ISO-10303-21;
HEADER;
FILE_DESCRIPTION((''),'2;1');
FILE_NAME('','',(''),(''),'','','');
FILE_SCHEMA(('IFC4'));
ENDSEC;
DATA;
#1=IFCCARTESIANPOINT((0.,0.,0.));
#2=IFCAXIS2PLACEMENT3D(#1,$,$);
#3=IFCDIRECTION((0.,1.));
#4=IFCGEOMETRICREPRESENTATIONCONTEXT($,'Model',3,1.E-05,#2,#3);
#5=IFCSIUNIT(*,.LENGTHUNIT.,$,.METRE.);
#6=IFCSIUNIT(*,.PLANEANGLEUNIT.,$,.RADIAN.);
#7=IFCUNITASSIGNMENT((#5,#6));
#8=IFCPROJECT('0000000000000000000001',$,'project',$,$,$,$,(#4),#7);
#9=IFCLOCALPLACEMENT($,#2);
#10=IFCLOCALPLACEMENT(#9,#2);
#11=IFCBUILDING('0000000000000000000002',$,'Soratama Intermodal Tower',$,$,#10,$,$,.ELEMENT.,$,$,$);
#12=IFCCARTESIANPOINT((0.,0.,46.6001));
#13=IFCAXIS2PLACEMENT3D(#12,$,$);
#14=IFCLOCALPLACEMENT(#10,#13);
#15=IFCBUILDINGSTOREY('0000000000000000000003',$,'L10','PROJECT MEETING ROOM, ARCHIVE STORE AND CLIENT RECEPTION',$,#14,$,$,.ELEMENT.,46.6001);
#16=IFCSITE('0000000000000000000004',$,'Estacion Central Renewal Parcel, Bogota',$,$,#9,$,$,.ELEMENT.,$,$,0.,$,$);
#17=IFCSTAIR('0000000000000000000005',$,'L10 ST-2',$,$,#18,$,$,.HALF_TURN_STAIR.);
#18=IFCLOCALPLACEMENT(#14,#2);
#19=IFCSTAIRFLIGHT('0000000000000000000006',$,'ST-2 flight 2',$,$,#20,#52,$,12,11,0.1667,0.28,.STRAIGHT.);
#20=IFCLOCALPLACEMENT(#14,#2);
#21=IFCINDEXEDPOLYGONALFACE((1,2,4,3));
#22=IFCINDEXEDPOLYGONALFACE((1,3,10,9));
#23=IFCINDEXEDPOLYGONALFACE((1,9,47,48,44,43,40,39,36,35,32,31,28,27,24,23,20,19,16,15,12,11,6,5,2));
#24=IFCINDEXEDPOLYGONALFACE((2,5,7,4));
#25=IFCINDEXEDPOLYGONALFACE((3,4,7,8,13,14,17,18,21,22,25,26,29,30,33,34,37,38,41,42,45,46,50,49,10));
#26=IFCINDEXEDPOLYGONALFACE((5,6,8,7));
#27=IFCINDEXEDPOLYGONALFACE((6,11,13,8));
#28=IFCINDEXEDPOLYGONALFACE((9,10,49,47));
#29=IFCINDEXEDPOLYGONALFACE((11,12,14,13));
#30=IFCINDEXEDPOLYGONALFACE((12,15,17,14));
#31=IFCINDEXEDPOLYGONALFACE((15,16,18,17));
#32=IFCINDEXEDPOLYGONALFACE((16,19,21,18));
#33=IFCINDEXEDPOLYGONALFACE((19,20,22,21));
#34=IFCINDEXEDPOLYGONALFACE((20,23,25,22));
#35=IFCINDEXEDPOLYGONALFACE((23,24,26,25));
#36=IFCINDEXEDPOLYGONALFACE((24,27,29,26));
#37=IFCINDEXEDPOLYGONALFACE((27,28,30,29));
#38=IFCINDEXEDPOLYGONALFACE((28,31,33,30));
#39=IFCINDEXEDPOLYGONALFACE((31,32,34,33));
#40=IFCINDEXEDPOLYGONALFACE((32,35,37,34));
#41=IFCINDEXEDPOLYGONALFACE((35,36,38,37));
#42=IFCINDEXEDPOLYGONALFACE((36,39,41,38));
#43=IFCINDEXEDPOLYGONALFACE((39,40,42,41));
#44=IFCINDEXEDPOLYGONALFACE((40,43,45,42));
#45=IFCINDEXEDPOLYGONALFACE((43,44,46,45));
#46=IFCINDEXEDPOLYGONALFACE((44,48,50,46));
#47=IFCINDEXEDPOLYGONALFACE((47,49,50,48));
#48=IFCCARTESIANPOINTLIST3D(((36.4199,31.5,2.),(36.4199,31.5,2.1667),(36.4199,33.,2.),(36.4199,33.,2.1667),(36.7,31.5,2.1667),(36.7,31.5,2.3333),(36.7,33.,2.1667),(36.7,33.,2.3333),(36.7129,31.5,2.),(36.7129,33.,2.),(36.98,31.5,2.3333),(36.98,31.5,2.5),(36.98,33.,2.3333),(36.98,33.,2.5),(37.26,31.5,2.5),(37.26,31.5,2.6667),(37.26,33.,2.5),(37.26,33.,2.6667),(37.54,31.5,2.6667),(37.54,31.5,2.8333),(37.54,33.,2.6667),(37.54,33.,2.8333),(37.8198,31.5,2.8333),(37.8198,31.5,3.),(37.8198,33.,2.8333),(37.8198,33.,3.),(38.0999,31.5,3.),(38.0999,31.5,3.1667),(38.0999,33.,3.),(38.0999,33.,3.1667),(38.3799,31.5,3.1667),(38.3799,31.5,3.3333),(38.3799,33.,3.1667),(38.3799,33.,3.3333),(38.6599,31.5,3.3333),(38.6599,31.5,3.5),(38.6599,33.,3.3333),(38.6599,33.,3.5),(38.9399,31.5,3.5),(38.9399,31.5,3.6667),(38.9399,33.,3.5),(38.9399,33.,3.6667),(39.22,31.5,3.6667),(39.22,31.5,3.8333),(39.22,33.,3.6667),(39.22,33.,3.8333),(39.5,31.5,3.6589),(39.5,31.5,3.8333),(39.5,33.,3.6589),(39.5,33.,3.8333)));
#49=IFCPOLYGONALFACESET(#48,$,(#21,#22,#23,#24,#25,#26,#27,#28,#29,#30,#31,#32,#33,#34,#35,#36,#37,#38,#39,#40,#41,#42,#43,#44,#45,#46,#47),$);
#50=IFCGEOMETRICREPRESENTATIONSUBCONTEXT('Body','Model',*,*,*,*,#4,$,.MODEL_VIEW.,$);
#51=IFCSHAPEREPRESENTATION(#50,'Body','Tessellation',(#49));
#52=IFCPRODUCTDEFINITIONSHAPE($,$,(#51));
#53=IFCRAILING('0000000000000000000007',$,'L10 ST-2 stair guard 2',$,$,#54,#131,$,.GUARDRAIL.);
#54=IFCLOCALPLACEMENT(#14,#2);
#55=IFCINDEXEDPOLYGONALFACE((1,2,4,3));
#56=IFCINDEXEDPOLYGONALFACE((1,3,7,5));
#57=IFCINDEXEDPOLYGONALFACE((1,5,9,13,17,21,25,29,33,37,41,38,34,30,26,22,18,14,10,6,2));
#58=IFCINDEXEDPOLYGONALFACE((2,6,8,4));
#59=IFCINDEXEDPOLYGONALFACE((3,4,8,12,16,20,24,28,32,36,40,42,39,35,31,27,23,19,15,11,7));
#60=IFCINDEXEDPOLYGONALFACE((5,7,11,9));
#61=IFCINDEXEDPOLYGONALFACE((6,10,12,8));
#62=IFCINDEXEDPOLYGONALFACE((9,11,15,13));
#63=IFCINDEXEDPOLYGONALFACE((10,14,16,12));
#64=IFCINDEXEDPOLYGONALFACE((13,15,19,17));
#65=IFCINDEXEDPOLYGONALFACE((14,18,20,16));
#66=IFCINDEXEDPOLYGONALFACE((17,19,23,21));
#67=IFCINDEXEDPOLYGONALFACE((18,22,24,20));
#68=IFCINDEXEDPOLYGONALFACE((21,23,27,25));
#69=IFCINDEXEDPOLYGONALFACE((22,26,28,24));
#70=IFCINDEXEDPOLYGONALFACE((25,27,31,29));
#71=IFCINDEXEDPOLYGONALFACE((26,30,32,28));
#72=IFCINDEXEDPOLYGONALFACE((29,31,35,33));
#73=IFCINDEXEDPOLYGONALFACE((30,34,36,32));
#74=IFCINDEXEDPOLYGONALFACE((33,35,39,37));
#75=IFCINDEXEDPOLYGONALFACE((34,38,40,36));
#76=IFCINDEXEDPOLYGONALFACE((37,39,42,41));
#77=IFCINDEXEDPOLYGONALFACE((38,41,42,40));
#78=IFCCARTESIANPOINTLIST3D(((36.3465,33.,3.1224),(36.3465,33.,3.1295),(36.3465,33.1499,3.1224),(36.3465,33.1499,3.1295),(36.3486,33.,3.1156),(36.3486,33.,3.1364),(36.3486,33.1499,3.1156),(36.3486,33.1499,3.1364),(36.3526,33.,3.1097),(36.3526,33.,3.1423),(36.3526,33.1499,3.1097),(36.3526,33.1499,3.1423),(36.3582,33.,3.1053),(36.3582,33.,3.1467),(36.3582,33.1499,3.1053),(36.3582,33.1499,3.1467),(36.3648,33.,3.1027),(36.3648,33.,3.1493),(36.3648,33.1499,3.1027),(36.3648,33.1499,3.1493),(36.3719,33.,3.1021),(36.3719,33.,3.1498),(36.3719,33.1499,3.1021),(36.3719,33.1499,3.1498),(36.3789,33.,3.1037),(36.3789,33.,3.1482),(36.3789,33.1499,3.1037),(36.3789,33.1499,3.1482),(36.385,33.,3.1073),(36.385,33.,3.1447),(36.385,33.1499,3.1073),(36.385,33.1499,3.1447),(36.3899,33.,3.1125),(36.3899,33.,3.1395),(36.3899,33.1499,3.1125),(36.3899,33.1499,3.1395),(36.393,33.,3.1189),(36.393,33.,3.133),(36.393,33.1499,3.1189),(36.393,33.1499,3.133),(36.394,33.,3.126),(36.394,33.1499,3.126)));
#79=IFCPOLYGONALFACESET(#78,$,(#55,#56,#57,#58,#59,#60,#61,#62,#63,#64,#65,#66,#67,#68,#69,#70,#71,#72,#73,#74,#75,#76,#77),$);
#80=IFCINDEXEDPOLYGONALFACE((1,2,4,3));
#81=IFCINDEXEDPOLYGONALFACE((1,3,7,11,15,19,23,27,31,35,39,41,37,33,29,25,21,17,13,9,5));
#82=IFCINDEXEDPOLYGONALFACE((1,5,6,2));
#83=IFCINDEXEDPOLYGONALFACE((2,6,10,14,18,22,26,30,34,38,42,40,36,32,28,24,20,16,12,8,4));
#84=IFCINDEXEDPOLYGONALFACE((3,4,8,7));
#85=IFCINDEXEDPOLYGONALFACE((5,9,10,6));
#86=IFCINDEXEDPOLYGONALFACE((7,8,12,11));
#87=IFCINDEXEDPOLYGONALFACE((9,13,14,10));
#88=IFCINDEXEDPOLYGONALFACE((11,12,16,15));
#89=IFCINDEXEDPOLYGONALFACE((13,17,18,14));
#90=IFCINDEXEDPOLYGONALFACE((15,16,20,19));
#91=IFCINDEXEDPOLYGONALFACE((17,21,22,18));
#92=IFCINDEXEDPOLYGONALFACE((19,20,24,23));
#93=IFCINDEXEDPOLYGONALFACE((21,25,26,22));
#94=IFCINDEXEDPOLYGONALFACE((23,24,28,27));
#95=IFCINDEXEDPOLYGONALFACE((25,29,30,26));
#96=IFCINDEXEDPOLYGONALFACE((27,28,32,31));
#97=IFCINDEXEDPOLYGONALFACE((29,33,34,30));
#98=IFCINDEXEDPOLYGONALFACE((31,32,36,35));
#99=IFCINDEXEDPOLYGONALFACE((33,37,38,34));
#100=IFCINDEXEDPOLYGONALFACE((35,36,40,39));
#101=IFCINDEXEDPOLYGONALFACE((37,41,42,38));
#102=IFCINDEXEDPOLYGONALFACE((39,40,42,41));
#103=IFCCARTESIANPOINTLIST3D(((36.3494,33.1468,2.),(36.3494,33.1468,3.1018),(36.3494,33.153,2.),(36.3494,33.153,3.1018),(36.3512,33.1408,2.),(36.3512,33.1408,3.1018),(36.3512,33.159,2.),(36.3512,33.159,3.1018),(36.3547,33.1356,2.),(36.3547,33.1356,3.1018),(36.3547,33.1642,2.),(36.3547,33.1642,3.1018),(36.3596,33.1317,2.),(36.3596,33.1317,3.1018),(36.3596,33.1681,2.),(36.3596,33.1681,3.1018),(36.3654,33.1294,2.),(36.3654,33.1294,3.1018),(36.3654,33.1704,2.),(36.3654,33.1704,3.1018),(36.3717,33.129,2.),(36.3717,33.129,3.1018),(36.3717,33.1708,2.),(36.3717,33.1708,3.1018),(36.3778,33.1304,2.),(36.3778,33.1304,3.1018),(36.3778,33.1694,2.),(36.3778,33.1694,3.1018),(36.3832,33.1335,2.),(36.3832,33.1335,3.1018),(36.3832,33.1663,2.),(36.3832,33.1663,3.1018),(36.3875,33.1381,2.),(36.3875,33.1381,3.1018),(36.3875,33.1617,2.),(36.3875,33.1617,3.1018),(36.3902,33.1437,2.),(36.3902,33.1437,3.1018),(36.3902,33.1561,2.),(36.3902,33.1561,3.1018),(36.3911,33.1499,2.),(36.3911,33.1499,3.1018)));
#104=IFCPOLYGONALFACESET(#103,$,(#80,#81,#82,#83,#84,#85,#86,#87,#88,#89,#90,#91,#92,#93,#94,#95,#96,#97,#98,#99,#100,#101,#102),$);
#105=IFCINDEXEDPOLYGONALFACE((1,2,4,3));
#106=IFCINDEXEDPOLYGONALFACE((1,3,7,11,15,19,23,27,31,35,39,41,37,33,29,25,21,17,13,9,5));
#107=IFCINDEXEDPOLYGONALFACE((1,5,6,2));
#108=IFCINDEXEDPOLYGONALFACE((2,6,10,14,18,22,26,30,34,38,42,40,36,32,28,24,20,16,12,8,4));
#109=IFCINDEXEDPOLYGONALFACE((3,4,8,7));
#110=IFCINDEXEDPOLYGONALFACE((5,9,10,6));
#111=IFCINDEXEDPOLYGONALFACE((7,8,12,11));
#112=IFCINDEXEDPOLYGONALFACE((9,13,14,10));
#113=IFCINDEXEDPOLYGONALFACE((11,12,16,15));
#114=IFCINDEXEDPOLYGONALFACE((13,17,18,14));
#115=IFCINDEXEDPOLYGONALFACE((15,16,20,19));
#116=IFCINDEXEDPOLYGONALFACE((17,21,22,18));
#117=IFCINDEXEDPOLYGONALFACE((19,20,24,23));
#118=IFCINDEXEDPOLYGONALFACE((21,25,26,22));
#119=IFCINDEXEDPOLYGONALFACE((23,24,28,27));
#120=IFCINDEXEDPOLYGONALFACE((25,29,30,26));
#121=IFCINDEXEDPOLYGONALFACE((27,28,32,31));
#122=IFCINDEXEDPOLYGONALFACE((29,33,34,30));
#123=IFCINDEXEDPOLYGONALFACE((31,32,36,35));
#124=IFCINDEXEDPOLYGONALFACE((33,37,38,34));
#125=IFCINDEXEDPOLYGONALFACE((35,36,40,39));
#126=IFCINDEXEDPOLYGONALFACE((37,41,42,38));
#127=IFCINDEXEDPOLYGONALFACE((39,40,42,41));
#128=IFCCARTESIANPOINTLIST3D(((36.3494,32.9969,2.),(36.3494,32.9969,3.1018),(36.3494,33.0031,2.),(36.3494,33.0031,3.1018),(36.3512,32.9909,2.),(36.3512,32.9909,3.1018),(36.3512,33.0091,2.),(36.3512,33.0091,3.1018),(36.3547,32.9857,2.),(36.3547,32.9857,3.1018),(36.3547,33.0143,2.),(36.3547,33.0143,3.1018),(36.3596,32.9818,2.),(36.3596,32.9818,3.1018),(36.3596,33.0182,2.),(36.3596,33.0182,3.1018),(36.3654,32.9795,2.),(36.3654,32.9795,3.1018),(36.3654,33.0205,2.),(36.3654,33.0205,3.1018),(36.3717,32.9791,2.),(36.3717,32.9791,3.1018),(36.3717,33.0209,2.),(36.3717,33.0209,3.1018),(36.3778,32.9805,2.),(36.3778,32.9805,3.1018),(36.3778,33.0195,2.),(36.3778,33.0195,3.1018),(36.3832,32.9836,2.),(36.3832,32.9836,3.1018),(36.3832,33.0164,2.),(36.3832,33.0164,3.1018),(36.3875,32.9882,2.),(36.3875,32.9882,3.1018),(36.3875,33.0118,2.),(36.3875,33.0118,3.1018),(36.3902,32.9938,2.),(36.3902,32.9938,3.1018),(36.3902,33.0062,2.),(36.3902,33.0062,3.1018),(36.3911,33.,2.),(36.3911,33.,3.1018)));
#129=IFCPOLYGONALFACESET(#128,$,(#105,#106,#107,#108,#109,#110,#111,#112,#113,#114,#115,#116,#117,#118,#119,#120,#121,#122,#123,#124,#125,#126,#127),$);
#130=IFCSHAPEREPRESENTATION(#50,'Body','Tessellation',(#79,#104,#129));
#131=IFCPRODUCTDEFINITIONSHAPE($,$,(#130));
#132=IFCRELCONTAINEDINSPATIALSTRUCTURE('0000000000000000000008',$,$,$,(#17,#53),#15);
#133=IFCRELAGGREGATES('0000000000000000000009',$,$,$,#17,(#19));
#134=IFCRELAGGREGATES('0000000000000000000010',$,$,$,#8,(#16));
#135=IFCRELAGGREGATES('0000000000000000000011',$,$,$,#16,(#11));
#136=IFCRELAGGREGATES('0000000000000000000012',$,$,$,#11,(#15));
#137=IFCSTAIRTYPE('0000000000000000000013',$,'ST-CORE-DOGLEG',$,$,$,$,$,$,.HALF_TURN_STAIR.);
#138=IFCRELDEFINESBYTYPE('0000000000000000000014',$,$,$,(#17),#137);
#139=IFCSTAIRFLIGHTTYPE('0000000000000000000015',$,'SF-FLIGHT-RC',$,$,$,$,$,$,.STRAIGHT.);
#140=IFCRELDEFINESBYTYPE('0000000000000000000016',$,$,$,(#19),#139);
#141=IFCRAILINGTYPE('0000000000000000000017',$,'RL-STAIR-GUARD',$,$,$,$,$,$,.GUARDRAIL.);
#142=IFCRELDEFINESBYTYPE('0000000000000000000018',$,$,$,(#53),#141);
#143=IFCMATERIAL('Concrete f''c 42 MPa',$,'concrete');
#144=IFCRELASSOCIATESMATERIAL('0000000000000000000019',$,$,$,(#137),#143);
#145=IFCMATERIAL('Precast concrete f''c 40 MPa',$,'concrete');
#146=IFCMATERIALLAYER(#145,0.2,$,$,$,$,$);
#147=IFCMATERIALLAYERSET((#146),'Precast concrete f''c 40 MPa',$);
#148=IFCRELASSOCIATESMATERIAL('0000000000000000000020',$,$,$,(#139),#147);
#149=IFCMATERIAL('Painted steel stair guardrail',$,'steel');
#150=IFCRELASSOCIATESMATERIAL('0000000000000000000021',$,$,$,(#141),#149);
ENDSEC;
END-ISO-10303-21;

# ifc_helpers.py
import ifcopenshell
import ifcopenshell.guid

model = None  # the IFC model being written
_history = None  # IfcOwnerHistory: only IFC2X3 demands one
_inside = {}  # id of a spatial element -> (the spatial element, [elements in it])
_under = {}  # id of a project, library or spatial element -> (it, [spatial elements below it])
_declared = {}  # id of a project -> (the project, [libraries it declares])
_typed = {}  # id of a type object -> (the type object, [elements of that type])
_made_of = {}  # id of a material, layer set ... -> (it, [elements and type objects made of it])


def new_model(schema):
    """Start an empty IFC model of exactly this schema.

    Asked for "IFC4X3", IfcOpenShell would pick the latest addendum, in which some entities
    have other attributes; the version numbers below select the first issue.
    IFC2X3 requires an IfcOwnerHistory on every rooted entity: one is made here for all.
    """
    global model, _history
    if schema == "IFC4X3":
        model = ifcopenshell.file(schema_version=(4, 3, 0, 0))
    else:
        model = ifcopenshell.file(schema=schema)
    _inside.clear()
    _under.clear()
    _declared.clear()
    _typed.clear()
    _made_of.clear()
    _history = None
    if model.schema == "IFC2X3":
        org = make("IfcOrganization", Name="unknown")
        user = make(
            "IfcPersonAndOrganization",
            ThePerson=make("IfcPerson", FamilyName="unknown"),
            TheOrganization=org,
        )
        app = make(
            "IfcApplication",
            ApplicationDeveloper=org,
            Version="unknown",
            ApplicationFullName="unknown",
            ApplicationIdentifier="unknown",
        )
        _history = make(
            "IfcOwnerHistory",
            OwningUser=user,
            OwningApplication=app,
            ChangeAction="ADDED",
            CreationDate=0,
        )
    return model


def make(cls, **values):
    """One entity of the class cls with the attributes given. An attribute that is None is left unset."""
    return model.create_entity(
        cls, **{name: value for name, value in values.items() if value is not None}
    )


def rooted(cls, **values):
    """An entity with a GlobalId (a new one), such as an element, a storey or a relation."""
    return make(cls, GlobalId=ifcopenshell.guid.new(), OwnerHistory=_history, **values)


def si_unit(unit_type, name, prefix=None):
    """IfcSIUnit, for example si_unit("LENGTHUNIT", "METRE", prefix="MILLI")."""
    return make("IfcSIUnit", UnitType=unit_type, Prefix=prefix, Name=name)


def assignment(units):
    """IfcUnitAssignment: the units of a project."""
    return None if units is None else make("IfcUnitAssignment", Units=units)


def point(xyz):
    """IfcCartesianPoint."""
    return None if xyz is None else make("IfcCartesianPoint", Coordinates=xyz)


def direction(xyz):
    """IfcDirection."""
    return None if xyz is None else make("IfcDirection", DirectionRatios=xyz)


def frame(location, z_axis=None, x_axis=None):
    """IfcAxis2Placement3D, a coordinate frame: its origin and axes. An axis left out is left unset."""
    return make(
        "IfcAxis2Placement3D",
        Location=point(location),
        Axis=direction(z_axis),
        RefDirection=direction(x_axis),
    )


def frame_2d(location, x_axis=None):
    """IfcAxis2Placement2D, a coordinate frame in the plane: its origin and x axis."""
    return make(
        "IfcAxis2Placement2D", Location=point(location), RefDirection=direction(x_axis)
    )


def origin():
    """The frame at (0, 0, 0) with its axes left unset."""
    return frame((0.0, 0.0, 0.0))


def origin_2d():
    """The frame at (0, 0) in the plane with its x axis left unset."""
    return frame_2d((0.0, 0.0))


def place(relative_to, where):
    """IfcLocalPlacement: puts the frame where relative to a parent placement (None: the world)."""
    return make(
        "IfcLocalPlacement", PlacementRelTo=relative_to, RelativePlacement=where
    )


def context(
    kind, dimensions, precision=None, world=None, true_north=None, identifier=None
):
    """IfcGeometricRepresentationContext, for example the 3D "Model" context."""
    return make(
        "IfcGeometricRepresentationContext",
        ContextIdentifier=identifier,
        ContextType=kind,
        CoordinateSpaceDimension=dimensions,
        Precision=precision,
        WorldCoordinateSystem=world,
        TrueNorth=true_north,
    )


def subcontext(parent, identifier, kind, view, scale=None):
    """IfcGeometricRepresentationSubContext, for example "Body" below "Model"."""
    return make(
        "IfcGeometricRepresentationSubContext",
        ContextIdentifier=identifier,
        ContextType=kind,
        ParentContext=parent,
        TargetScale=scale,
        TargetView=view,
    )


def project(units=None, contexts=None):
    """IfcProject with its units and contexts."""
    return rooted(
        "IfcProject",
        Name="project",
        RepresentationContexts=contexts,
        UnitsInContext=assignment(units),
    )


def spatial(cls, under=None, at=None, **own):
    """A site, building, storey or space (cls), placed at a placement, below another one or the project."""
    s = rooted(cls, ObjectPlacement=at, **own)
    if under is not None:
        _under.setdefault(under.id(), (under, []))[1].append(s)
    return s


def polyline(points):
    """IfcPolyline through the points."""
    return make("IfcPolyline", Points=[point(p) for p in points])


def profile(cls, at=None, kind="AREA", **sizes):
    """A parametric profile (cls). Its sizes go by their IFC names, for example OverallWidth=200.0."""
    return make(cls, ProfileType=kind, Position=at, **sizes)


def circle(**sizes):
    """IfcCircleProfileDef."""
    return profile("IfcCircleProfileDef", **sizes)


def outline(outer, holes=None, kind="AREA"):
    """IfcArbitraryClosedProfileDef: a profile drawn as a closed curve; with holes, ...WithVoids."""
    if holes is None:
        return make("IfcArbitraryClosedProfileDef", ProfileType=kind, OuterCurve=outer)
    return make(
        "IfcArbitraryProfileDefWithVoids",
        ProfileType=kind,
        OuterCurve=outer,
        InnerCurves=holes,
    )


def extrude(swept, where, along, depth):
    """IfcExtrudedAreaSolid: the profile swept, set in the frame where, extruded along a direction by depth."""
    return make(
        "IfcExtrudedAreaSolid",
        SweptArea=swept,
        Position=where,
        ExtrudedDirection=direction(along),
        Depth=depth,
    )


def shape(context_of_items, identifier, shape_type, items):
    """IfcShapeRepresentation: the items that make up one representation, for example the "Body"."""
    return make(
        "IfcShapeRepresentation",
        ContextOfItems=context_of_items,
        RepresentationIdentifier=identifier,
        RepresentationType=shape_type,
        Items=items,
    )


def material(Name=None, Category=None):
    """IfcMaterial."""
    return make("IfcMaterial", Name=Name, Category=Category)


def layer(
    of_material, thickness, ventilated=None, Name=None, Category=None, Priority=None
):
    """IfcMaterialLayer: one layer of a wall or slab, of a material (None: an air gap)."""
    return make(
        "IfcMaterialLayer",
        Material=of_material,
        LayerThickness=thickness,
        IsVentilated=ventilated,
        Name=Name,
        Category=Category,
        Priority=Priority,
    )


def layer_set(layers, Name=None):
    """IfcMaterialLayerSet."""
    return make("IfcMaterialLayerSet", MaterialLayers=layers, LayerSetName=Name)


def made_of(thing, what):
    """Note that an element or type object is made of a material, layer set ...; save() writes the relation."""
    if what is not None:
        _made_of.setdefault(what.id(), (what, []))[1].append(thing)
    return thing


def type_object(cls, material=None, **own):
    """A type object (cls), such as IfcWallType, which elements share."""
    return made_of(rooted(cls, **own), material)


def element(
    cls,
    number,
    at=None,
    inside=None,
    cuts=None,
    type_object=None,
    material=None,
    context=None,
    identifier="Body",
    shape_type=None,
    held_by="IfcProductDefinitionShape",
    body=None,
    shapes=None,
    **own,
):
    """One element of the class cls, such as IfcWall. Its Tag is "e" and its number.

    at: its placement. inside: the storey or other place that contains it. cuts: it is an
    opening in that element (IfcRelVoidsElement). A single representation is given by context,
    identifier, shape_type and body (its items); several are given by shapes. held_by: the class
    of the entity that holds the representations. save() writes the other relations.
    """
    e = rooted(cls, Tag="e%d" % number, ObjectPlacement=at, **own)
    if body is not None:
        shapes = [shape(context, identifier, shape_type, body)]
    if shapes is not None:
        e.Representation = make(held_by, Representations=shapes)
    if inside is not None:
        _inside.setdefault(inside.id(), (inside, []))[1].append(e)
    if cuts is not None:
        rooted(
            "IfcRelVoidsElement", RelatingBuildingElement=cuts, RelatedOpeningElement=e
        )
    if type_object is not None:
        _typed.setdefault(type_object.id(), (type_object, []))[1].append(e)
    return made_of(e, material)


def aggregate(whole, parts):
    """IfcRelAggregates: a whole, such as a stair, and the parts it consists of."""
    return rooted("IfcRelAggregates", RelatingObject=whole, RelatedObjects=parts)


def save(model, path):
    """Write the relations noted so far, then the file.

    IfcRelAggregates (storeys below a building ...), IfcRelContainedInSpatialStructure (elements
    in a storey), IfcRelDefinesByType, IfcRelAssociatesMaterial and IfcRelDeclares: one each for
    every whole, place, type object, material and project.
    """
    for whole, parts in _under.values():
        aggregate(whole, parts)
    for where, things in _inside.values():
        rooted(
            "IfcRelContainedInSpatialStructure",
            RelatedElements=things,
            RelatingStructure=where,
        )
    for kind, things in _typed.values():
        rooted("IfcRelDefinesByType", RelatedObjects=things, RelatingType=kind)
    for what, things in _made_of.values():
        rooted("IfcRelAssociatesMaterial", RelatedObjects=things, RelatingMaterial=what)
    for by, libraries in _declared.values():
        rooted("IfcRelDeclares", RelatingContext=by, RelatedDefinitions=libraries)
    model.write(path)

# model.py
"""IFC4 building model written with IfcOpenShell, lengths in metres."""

from ifc_helpers import new_model, si_unit, direction, frame, origin, origin_2d, place, context, subcontext, project, spatial, polyline, circle, outline, extrude, material, layer, layer_set, type_object, element, aggregate, save


model = new_model("IFC4")

# Units and contexts
model_context = context("Model", 3, precision=1e-05, world=origin(), true_north=direction((0.0, 1.0)))
body_context = subcontext(model_context, "Body", "Model", "MODEL_VIEW")
ifc_project = project(units=[si_unit("LENGTHUNIT", "METRE"), si_unit("PLANEANGLEUNIT", "RADIAN")], contexts=[model_context])

# Site, building, storey
site_placement = place(None, origin())
site = spatial("IfcSite", under=ifc_project, at=site_placement, Name="Estacion Central Renewal Parcel, Bogota", CompositionType="ELEMENT", RefElevation=0.0)
building_placement = place(site_placement, origin())
building = spatial("IfcBuilding", under=site, at=building_placement, Name="Soratama Intermodal Tower", CompositionType="ELEMENT")
storey_placement = place(building_placement, frame((0.0, 0.0, 46.6001)))
storey = spatial("IfcBuildingStorey", under=building, at=storey_placement, Name="L10", Description="PROJECT MEETING ROOM, ARCHIVE STORE AND CLIENT RECEPTION", CompositionType="ELEMENT", Elevation=46.6001)

# Stair, stair flight
ifc_material_1 = material(Name="Concrete f'c 42 MPa", Category="concrete")
stair_type = type_object("IfcStairType", Name="ST-CORE-DOGLEG", PredefinedType="HALF_TURN_STAIR", material=ifc_material_1)
stair_placement = place(storey_placement, origin())
stair = element("IfcStair", 1, at=stair_placement, inside=storey, type_object=stair_type, Name="L10 ST-2", PredefinedType="HALF_TURN_STAIR")
ifc_material_2 = material(Name="Precast concrete f'c 40 MPa", Category="concrete")
ifc_layer_1 = layer(ifc_material_2, 0.2)
ifc_layer_set_1 = layer_set([ifc_layer_1], Name="Precast concrete f'c 40 MPa")
stair_flight_type = type_object("IfcStairFlightType", Name="SF-FLIGHT-RC", PredefinedType="STRAIGHT", material=ifc_layer_set_1)
stair_flight_placement = place(storey_placement, frame((36.4199, 32.25, 2.0), z_axis=(0.0, 0.0, 1.0), x_axis=(1.0, 0.0, 0.0)))
stair_flight = element("IfcStairFlight", 2, at=stair_flight_placement, type_object=stair_flight_type, Name="ST-2 flight 2", NumberOfRisers=12, NumberOfTreads=11, PredefinedType="STRAIGHT", RiserHeight=0.1667, TreadLength=0.28, context=body_context, shape_type="SweptSolid", body=[
    extrude(outline(polyline([(0.0, 0.0), (0.0, 0.1667), (0.28, 0.1667), (0.28, 0.3333), (0.5601, 0.3333), (0.5601, 0.5), (0.8401, 0.5), (0.8401, 0.6667), (1.1201, 0.6667), (1.1201, 0.8333), (1.3999, 0.8333), (1.3999, 1.0), (1.6799, 1.0), (1.6799, 1.1667), (1.96, 1.1667), (1.96, 1.3333), (2.24, 1.3333), (2.24, 1.5), (2.52, 1.5), (2.52, 1.6667), (2.8, 1.6667), (2.8, 1.8333), (3.0801, 1.8333), (3.0801, 2.0), (3.0801, 1.6589), (0.293, 0.0), (0.0, 0.0)])), frame((0.0, 0.75, 0.0), z_axis=(0.0, -1.0, 0.0), x_axis=(1.0, 0.0, 0.0)), (0.0, 0.0, 1.0), 1.5),
])
aggregate(stair, [stair_flight])

# Railing
ifc_material_3 = material(Name="Painted steel stair guardrail", Category="steel")
railing_type_1 = type_object("IfcRailingType", Name="RL-STAIR-GUARD", PredefinedType="GUARDRAIL", material=ifc_material_3)
railing_1_placement = place(storey_placement, frame((36.3701, 33.1499, 2.0)))
element("IfcRailing", 3, at=railing_1_placement, inside=storey, type_object=railing_type_1, Name="L10 ST-2 stair guard 2", PredefinedType="GUARDRAIL", context=body_context, shape_type="SweptSolid", body=[
    extrude(circle(Radius=0.0239, at=origin_2d()), frame((0.0, 0.0, 1.126), z_axis=(0.0, -1.0, 0.0), x_axis=(1.0, 0.0, 0.0)), (0.0, 0.0, 1.0), 0.1499),
    extrude(circle(Radius=0.021, at=origin_2d()), origin(), (0.0, 0.0, 1.0), 1.1018),
    extrude(circle(Radius=0.021, at=origin_2d()), frame((0.0, -0.1499, 0.0)), (0.0, 0.0, 1.0), 1.1018),
])

save(model, "model.ifc")
